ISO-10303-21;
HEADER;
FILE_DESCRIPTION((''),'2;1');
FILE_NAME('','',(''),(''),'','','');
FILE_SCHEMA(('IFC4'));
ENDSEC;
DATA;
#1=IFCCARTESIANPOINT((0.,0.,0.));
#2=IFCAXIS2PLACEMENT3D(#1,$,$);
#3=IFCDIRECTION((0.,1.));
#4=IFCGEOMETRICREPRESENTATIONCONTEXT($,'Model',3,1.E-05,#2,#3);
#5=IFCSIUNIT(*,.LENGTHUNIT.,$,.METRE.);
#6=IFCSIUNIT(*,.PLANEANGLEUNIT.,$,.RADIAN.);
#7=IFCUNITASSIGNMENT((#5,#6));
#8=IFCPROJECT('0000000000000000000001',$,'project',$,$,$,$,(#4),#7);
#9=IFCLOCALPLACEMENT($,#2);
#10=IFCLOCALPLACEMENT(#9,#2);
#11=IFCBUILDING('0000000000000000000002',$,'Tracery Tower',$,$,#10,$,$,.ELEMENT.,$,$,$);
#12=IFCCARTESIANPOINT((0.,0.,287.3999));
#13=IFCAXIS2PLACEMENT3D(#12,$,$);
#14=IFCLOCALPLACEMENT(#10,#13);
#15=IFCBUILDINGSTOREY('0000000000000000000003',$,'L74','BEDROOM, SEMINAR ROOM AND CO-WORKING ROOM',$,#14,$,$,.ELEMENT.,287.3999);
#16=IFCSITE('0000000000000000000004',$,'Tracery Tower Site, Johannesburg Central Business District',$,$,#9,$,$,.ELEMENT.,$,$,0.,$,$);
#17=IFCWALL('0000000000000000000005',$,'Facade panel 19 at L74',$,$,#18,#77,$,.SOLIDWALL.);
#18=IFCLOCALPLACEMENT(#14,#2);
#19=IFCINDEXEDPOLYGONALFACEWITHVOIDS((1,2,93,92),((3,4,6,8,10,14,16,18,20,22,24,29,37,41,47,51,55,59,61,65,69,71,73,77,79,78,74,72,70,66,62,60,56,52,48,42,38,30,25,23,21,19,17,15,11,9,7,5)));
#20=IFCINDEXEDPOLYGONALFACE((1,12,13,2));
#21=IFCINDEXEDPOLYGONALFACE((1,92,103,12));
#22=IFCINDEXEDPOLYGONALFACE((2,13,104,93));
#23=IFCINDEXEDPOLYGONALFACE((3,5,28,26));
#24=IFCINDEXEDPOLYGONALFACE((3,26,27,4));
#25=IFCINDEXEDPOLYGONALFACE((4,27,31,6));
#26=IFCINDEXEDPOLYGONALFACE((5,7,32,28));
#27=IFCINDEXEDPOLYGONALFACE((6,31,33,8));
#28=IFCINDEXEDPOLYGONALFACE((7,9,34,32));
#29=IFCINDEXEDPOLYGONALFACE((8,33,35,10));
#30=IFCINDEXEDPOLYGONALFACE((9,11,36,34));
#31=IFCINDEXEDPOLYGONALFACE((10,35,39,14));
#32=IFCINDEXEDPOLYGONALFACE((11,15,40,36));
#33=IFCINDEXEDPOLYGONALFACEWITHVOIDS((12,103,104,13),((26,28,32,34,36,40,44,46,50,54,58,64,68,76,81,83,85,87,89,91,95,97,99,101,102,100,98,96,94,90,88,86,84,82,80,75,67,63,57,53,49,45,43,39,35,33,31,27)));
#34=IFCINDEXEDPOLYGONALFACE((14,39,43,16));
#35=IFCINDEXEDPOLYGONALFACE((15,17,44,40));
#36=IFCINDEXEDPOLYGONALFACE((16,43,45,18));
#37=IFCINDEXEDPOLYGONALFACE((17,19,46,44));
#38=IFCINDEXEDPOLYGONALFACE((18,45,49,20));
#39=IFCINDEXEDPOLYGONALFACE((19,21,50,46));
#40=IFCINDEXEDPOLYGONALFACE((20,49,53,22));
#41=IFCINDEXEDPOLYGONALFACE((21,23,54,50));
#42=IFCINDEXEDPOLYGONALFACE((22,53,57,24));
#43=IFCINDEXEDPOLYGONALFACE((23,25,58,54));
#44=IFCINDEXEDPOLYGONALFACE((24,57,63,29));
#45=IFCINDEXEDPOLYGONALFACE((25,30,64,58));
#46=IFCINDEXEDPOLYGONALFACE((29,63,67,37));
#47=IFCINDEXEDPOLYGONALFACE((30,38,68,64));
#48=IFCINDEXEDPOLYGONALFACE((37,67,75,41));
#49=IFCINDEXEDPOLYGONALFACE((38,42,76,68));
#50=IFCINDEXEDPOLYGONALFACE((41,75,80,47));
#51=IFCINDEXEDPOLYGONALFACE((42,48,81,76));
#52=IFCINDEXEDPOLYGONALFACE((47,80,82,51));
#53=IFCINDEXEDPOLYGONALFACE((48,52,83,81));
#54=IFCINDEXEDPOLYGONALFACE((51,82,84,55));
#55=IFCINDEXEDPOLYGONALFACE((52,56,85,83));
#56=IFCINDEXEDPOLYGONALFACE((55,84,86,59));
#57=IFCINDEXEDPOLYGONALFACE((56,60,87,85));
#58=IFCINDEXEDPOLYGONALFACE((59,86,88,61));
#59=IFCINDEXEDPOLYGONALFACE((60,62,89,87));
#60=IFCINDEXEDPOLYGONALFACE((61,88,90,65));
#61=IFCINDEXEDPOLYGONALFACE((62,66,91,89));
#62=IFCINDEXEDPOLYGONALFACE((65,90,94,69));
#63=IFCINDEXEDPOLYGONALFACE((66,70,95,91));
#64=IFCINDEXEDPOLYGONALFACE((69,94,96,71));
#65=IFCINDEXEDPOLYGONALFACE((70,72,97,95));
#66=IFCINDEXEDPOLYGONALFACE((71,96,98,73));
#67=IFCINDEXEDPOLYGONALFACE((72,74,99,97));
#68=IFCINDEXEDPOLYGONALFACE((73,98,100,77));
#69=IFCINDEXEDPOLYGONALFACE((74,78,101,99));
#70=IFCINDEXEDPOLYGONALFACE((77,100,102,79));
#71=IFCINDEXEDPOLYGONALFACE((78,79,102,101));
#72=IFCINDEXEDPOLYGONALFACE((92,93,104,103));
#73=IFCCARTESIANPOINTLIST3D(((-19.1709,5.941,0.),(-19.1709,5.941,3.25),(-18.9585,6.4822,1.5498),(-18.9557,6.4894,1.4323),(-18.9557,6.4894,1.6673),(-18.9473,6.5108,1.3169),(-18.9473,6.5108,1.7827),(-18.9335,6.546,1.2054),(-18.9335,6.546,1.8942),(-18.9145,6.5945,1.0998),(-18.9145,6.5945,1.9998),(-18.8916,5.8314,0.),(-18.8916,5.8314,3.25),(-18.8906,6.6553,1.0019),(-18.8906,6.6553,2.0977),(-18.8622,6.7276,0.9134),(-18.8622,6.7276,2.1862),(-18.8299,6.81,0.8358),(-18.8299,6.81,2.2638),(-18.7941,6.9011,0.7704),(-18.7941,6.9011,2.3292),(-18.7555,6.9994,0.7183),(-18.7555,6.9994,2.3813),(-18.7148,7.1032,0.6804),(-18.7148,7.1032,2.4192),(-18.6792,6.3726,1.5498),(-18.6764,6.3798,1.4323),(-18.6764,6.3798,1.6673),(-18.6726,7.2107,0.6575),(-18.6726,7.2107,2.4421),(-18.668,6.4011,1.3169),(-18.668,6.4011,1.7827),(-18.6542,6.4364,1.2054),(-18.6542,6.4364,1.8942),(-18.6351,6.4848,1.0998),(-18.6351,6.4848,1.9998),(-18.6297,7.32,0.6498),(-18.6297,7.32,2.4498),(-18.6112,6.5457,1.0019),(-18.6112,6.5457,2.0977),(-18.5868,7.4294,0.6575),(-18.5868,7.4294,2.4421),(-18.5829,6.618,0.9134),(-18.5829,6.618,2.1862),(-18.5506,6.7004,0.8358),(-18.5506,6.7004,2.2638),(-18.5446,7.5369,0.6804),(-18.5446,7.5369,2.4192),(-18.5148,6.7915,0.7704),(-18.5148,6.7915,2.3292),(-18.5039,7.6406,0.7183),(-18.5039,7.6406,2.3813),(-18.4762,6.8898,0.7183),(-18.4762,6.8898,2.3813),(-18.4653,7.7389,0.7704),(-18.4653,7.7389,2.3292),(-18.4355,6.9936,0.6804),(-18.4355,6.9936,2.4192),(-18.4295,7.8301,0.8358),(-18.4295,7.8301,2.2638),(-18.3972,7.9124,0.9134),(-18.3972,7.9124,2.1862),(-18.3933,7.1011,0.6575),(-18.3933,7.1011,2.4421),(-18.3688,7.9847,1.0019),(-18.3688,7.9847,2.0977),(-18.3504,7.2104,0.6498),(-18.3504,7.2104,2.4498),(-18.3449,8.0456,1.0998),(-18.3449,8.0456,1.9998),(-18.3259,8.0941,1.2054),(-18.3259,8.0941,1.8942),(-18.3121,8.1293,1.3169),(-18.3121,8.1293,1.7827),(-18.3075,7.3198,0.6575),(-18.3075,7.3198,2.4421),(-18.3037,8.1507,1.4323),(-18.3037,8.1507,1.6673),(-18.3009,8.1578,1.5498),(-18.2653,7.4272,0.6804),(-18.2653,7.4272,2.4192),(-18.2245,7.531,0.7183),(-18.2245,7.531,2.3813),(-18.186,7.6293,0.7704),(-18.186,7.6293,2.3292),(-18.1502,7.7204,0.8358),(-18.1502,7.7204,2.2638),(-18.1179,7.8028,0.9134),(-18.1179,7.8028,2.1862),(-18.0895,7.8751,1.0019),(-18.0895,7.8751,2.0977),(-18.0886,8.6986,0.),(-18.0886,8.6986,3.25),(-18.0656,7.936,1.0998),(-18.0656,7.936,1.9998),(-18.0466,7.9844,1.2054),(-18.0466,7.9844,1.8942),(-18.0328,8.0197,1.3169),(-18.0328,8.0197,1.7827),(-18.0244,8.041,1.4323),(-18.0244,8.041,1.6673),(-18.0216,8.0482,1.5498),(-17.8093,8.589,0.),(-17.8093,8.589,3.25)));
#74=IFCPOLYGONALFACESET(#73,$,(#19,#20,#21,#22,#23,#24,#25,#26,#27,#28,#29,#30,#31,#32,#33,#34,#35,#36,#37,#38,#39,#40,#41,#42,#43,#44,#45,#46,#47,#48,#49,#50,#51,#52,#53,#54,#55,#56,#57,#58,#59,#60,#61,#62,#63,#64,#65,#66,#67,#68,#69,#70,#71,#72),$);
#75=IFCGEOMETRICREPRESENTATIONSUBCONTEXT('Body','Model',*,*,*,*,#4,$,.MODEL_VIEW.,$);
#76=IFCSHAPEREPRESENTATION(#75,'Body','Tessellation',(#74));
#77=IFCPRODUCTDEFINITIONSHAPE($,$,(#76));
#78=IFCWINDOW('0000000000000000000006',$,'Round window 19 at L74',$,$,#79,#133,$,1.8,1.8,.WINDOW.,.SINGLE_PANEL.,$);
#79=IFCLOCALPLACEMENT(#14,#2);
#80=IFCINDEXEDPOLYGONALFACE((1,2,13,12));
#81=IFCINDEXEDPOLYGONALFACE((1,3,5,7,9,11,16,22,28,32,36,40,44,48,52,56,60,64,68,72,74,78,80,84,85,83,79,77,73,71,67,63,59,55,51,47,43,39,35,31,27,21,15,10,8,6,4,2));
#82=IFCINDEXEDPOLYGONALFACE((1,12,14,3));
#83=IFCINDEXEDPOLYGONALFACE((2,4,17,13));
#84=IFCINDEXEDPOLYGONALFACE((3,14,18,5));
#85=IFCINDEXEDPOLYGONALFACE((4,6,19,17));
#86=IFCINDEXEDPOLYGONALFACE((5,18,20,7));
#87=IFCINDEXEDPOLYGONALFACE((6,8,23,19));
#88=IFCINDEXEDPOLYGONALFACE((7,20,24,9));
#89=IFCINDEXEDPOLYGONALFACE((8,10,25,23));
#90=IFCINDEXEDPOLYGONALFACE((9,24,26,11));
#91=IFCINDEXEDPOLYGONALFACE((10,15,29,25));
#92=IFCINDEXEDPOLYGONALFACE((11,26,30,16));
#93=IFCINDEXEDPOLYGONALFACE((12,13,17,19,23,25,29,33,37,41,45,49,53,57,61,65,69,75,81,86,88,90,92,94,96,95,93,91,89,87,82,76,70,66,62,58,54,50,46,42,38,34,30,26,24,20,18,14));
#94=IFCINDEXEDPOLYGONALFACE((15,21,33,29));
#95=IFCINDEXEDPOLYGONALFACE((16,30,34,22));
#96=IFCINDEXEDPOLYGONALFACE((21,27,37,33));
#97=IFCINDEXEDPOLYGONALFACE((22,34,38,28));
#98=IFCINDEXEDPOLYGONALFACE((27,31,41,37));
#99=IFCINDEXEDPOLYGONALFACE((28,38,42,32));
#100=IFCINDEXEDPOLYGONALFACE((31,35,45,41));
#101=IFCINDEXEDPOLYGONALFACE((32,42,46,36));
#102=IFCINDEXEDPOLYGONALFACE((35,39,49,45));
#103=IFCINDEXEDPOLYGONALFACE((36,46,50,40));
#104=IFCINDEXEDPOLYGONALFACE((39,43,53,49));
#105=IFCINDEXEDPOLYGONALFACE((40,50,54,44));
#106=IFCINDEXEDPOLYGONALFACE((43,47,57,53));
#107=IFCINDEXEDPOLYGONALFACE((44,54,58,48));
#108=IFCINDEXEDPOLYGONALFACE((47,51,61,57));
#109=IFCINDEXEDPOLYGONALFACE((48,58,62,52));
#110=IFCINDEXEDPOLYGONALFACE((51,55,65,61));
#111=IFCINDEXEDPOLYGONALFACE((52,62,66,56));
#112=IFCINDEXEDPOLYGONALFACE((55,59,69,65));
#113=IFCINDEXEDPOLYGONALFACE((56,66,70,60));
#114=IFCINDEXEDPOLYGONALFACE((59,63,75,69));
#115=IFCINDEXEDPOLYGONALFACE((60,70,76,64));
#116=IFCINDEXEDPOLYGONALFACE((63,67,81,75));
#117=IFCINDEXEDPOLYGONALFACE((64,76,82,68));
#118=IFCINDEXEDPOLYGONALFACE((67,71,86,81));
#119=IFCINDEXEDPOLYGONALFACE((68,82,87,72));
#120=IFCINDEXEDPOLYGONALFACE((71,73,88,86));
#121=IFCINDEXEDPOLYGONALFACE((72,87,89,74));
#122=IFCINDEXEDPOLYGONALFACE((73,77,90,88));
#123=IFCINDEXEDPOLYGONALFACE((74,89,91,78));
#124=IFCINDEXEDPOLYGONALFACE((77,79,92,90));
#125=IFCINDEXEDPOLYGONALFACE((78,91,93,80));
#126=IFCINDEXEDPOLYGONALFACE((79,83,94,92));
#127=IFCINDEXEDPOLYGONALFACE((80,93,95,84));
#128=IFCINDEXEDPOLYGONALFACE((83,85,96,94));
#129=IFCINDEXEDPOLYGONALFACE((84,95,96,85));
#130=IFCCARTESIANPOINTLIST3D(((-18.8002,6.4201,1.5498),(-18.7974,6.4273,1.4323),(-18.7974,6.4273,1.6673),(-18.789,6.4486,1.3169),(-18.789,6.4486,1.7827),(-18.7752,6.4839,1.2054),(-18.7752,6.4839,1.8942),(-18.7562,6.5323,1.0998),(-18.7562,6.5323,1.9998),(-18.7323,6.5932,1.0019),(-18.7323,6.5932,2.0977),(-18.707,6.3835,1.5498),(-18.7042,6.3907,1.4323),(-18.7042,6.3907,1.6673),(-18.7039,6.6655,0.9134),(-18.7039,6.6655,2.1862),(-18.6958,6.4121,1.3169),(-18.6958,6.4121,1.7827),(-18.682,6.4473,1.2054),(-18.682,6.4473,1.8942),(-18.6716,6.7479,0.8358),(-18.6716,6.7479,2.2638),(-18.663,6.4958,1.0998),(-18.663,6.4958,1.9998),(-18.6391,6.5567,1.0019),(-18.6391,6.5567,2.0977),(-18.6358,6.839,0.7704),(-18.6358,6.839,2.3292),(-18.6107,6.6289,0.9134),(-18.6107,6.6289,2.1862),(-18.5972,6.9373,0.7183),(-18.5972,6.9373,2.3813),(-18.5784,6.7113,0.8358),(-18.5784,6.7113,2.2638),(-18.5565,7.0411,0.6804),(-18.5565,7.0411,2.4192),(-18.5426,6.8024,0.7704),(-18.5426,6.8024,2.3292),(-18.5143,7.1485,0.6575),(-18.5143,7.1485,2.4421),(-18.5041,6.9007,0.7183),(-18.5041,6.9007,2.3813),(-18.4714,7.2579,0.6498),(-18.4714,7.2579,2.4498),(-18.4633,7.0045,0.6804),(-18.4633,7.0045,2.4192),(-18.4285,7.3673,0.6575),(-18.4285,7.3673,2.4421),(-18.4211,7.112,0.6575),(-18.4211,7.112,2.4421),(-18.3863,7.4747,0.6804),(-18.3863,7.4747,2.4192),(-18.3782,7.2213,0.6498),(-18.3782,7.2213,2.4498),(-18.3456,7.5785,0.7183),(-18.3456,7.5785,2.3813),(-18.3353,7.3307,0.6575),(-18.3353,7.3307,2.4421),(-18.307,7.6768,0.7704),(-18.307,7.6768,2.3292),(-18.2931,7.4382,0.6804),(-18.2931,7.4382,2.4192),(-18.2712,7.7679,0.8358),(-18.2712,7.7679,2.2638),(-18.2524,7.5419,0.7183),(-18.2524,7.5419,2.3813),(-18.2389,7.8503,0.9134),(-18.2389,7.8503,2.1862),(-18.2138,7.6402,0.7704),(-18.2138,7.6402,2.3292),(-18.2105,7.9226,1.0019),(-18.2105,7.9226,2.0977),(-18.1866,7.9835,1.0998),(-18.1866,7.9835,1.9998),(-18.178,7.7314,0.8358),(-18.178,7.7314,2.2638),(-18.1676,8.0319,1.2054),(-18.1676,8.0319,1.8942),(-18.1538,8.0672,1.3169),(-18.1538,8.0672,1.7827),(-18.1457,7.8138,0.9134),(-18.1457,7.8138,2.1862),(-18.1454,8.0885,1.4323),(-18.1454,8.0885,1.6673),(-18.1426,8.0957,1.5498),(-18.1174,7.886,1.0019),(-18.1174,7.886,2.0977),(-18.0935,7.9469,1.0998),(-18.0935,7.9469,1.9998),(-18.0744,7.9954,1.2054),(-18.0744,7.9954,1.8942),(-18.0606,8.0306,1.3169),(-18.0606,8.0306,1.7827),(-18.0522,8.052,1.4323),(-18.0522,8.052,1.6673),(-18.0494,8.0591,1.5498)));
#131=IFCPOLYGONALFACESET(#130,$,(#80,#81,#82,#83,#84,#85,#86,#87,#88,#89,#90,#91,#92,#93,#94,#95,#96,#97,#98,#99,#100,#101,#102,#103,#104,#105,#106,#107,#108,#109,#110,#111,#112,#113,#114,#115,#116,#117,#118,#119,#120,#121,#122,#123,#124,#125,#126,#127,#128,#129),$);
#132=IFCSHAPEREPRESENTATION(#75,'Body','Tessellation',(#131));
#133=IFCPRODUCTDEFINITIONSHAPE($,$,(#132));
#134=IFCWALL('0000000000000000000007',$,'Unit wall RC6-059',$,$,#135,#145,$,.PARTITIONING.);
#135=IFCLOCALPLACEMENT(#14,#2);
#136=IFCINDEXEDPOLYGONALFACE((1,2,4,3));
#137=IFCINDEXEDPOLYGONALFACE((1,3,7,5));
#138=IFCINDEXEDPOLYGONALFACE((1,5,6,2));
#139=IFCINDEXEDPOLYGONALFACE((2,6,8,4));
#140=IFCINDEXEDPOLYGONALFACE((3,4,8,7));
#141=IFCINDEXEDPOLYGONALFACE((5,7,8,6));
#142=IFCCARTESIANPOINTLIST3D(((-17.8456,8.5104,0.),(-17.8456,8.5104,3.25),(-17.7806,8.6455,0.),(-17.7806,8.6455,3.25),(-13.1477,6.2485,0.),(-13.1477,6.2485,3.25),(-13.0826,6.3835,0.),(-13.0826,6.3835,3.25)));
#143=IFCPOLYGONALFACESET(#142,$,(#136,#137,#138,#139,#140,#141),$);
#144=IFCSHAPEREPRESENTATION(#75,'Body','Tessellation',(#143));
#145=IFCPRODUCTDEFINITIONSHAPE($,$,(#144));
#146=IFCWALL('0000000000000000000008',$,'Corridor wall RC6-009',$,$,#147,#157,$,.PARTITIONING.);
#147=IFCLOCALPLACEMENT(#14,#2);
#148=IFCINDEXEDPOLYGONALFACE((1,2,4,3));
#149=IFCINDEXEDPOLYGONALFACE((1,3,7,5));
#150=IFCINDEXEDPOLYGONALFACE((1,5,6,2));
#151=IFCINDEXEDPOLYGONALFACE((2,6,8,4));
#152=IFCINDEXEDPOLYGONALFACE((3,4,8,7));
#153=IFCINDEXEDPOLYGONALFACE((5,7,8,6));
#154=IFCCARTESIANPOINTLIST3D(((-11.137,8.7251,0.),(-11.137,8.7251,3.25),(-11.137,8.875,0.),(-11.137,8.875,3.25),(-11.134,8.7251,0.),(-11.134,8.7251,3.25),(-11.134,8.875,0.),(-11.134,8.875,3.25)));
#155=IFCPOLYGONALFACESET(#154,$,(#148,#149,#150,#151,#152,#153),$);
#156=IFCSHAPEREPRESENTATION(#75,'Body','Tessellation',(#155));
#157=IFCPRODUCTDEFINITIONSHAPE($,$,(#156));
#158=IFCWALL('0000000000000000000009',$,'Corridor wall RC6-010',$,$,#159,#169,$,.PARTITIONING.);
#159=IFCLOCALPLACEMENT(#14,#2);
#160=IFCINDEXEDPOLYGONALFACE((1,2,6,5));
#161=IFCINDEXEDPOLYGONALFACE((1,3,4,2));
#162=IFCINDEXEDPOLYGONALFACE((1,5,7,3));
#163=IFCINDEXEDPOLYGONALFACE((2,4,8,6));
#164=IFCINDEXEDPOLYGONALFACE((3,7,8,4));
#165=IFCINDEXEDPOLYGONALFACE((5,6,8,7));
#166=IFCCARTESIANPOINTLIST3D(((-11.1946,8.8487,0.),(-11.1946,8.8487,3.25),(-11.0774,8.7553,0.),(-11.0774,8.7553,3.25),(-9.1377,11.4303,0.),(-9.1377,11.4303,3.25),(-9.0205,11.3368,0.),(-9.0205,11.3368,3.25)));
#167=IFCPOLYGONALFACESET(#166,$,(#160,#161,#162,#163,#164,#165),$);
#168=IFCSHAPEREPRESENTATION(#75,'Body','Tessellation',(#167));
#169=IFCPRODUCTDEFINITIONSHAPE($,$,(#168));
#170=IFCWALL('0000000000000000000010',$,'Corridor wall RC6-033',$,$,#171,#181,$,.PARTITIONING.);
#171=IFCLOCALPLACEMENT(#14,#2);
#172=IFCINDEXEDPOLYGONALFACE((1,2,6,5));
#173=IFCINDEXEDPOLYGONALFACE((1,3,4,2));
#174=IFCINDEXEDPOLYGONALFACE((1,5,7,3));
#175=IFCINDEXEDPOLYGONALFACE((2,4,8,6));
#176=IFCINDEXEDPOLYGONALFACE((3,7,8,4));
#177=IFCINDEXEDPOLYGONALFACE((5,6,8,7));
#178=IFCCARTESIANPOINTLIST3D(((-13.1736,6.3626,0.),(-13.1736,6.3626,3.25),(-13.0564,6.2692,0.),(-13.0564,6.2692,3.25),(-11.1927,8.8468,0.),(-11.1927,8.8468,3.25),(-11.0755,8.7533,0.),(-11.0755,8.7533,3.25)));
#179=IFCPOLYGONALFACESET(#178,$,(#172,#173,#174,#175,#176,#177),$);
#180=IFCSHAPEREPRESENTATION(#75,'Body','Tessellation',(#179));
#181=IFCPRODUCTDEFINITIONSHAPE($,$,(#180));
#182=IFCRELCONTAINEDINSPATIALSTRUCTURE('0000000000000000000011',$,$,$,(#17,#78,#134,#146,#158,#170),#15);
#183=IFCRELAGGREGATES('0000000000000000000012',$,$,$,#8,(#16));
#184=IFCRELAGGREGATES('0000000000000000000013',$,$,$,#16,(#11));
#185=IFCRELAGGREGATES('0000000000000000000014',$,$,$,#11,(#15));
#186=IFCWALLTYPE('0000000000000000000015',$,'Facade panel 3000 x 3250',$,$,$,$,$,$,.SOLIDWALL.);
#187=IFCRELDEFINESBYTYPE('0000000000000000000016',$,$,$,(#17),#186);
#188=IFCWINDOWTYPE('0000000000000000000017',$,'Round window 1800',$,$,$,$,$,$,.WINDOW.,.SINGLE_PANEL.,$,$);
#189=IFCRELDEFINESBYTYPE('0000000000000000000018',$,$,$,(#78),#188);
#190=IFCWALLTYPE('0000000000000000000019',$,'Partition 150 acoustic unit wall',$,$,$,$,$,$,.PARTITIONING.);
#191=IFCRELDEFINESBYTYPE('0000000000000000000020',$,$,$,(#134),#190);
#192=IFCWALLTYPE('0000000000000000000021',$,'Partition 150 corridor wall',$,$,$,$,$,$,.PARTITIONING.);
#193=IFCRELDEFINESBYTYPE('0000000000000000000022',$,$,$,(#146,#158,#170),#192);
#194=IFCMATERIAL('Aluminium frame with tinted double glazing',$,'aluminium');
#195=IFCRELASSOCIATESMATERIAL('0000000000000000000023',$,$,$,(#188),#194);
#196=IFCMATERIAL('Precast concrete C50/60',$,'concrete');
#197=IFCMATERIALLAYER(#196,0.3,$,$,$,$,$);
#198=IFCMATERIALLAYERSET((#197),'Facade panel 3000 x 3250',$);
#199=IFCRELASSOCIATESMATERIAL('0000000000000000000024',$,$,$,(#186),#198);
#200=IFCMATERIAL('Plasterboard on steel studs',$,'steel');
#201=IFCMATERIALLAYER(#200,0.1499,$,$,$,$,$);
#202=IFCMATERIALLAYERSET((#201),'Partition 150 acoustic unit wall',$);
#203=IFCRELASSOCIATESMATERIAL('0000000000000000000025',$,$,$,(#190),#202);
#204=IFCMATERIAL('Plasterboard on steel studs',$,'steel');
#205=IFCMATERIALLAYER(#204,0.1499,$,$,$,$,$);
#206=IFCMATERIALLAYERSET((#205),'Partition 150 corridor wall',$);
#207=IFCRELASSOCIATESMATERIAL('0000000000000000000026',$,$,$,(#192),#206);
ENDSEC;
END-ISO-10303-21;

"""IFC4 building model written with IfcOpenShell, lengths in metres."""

from ifc_helpers import new_model, si_unit, direction, frame, frame_2d, origin, origin_2d, place, context, subcontext, project, spatial, rectangle, circle, extrude, material, layer, layer_set, type_object, element, fill, save


model = new_model("IFC4")

# Units and contexts
model_context = context("Model", 3, precision=1e-05, world=origin(), true_north=direction((0.0, 1.0)))
body_context = subcontext(model_context, "Body", "Model", "MODEL_VIEW")
ifc_project = project(units=[si_unit("LENGTHUNIT", "METRE"), si_unit("PLANEANGLEUNIT", "RADIAN")], contexts=[model_context])

# Site, building, storey
site_placement = place(None, origin())
site = spatial("IfcSite", under=ifc_project, at=site_placement, Name="Tracery Tower Site, Johannesburg Central Business District", CompositionType="ELEMENT", RefElevation=0.0)
building_placement = place(site_placement, origin())
building = spatial("IfcBuilding", under=site, at=building_placement, Name="Tracery Tower", CompositionType="ELEMENT")
storey_placement = place(building_placement, frame((0.0, 0.0, 287.3999)))
storey = spatial("IfcBuildingStorey", under=building, at=storey_placement, Name="L74", Description="BEDROOM, SEMINAR ROOM AND CO-WORKING ROOM", CompositionType="ELEMENT", Elevation=287.3999)

# Wall, opening, window
ifc_material_1 = material(Name="Aluminium frame with tinted double glazing", Category="aluminium")
window_type = type_object("IfcWindowType", Name="Round window 1800", PartitioningType="SINGLE_PANEL", PredefinedType="WINDOW", material=ifc_material_1)
ifc_material_2 = material(Name="Precast concrete C50/60", Category="concrete")
ifc_layer_1 = layer(ifc_material_2, 0.3)
ifc_layer_set_1 = layer_set([ifc_layer_1], Name="Facade panel 3000 x 3250")
wall_type_1 = type_object("IfcWallType", Name="Facade panel 3000 x 3250", PredefinedType="SOLIDWALL", material=ifc_layer_set_1)
wall_1_placement = place(storey_placement, frame((-17.949, 8.6438, 0.0), z_axis=(0.0, 0.0, 1.0), x_axis=(-0.365344, -0.930873, 0.0)))
wall_1 = element("IfcWall", 1, at=wall_1_placement, inside=storey, type_object=wall_type_1, Name="Facade panel 19 at L74", PredefinedType="SOLIDWALL", context=body_context, shape_type="SweptSolid", body=[
    extrude(rectangle(XDim=2.9624, YDim=0.3, at=frame_2d((1.4812, 0.0))), origin(), (0.0, 0.0, 1.0), 3.25),
])
opening_1_placement = place(wall_1_placement, frame((1.481, 0.0, 1.5498)))
opening_1 = element("IfcOpeningElement", 2, at=opening_1_placement, cuts=wall_1, PredefinedType="OPENING", context=body_context, shape_type="SweptSolid", body=[
    extrude(circle(Radius=0.9, at=origin_2d()), frame((0.0, 0.1599, 0.0), z_axis=(0.0, -1.0, 0.0), x_axis=(1.0, 0.0, 0.0)), (0.0, 0.0, 1.0), 0.3201),
])
window_1_placement = place(opening_1_placement, origin())
window_1 = element("IfcWindow", 3, at=window_1_placement, inside=storey, type_object=window_type, Name="Round window 19 at L74", OverallHeight=1.8, OverallWidth=1.8, PartitioningType="SINGLE_PANEL", PredefinedType="WINDOW", context=body_context, shape_type="SweptSolid", body=[
    extrude(circle(Radius=0.9, at=origin_2d()), frame((0.0, 0.1201, 0.0), z_axis=(0.0, -1.0, 0.0), x_axis=(1.0, 0.0, 0.0)), (0.0, 0.0, 1.0), 0.1001),
])
fill(opening_1, window_1)

# Walls
ifc_material_3 = material(Name="Plasterboard on steel studs", Category="steel")
ifc_layer_2 = layer(ifc_material_3, 0.1499)
ifc_layer_set_2 = layer_set([ifc_layer_2], Name="Partition 150 acoustic unit wall")
wall_type_2 = type_object("IfcWallType", Name="Partition 150 acoustic unit wall", PredefinedType="PARTITIONING", material=ifc_layer_set_2)
wall_2_placement = place(storey_placement, frame((-17.813, 8.5779, 0.0), z_axis=(0.0, 0.0, 1.0), x_axis=(0.901004, -0.43381, 0.0)))
element("IfcWall", 4, at=wall_2_placement, inside=storey, type_object=wall_type_2, Name="Unit wall RC6-059", PredefinedType="PARTITIONING", context=body_context, shape_type="SweptSolid", body=[
    extrude(rectangle(XDim=5.2141, YDim=0.1499, at=frame_2d((2.6069, 0.0))), origin(), (0.0, 0.0, 1.0), 3.25),
])
ifc_material_4 = material(Name="Plasterboard on steel studs", Category="steel")
ifc_layer_3 = layer(ifc_material_4, 0.1499)
ifc_layer_set_3 = layer_set([ifc_layer_3], Name="Partition 150 corridor wall")
wall_type_3 = type_object("IfcWallType", Name="Partition 150 corridor wall", PredefinedType="PARTITIONING", material=ifc_layer_set_3)
wall_3_placement = place(storey_placement, frame((-11.134, 8.8, 0.0), z_axis=(0.0, 0.0, 1.0), x_axis=(-1.0, 0.0, 0.0)))
element("IfcWall", 5, at=wall_3_placement, inside=storey, type_object=wall_type_3, Name="Corridor wall RC6-009", PredefinedType="PARTITIONING", context=body_context, shape_type="SweptSolid", body=[
    extrude(rectangle(XDim=0.0029, YDim=0.1499, at=frame_2d((0.0015, 0.0))), origin(), (0.0, 0.0, 1.0), 3.25),
])
wall_4_placement = place(storey_placement, frame((-11.136, 8.802, 0.0), z_axis=(0.0, 0.0, 1.0), x_axis=(0.623151, 0.782101, 0.0)))
element("IfcWall", 6, at=wall_4_placement, inside=storey, type_object=wall_type_3, Name="Corridor wall RC6-010", PredefinedType="PARTITIONING", context=body_context, shape_type="SweptSolid", body=[
    extrude(rectangle(XDim=3.3008, YDim=0.1499, at=frame_2d((1.6504, 0.0))), origin(), (0.0, 0.0, 1.0), 3.25),
])
wall_5_placement = place(storey_placement, frame((-13.115, 6.3159, 0.0), z_axis=(0.0, 0.0, 1.0), x_axis=(0.623476, 0.781842, 0.0)))
element("IfcWall", 7, at=wall_5_placement, inside=storey, type_object=wall_type_3, Name="Corridor wall RC6-033", PredefinedType="PARTITIONING", context=body_context, shape_type="SweptSolid", body=[
    extrude(rectangle(XDim=3.1772, YDim=0.1499, at=frame_2d((1.5886, 0.0))), origin(), (0.0, 0.0, 1.0), 3.25),
])

save(model, "model.ifc")
